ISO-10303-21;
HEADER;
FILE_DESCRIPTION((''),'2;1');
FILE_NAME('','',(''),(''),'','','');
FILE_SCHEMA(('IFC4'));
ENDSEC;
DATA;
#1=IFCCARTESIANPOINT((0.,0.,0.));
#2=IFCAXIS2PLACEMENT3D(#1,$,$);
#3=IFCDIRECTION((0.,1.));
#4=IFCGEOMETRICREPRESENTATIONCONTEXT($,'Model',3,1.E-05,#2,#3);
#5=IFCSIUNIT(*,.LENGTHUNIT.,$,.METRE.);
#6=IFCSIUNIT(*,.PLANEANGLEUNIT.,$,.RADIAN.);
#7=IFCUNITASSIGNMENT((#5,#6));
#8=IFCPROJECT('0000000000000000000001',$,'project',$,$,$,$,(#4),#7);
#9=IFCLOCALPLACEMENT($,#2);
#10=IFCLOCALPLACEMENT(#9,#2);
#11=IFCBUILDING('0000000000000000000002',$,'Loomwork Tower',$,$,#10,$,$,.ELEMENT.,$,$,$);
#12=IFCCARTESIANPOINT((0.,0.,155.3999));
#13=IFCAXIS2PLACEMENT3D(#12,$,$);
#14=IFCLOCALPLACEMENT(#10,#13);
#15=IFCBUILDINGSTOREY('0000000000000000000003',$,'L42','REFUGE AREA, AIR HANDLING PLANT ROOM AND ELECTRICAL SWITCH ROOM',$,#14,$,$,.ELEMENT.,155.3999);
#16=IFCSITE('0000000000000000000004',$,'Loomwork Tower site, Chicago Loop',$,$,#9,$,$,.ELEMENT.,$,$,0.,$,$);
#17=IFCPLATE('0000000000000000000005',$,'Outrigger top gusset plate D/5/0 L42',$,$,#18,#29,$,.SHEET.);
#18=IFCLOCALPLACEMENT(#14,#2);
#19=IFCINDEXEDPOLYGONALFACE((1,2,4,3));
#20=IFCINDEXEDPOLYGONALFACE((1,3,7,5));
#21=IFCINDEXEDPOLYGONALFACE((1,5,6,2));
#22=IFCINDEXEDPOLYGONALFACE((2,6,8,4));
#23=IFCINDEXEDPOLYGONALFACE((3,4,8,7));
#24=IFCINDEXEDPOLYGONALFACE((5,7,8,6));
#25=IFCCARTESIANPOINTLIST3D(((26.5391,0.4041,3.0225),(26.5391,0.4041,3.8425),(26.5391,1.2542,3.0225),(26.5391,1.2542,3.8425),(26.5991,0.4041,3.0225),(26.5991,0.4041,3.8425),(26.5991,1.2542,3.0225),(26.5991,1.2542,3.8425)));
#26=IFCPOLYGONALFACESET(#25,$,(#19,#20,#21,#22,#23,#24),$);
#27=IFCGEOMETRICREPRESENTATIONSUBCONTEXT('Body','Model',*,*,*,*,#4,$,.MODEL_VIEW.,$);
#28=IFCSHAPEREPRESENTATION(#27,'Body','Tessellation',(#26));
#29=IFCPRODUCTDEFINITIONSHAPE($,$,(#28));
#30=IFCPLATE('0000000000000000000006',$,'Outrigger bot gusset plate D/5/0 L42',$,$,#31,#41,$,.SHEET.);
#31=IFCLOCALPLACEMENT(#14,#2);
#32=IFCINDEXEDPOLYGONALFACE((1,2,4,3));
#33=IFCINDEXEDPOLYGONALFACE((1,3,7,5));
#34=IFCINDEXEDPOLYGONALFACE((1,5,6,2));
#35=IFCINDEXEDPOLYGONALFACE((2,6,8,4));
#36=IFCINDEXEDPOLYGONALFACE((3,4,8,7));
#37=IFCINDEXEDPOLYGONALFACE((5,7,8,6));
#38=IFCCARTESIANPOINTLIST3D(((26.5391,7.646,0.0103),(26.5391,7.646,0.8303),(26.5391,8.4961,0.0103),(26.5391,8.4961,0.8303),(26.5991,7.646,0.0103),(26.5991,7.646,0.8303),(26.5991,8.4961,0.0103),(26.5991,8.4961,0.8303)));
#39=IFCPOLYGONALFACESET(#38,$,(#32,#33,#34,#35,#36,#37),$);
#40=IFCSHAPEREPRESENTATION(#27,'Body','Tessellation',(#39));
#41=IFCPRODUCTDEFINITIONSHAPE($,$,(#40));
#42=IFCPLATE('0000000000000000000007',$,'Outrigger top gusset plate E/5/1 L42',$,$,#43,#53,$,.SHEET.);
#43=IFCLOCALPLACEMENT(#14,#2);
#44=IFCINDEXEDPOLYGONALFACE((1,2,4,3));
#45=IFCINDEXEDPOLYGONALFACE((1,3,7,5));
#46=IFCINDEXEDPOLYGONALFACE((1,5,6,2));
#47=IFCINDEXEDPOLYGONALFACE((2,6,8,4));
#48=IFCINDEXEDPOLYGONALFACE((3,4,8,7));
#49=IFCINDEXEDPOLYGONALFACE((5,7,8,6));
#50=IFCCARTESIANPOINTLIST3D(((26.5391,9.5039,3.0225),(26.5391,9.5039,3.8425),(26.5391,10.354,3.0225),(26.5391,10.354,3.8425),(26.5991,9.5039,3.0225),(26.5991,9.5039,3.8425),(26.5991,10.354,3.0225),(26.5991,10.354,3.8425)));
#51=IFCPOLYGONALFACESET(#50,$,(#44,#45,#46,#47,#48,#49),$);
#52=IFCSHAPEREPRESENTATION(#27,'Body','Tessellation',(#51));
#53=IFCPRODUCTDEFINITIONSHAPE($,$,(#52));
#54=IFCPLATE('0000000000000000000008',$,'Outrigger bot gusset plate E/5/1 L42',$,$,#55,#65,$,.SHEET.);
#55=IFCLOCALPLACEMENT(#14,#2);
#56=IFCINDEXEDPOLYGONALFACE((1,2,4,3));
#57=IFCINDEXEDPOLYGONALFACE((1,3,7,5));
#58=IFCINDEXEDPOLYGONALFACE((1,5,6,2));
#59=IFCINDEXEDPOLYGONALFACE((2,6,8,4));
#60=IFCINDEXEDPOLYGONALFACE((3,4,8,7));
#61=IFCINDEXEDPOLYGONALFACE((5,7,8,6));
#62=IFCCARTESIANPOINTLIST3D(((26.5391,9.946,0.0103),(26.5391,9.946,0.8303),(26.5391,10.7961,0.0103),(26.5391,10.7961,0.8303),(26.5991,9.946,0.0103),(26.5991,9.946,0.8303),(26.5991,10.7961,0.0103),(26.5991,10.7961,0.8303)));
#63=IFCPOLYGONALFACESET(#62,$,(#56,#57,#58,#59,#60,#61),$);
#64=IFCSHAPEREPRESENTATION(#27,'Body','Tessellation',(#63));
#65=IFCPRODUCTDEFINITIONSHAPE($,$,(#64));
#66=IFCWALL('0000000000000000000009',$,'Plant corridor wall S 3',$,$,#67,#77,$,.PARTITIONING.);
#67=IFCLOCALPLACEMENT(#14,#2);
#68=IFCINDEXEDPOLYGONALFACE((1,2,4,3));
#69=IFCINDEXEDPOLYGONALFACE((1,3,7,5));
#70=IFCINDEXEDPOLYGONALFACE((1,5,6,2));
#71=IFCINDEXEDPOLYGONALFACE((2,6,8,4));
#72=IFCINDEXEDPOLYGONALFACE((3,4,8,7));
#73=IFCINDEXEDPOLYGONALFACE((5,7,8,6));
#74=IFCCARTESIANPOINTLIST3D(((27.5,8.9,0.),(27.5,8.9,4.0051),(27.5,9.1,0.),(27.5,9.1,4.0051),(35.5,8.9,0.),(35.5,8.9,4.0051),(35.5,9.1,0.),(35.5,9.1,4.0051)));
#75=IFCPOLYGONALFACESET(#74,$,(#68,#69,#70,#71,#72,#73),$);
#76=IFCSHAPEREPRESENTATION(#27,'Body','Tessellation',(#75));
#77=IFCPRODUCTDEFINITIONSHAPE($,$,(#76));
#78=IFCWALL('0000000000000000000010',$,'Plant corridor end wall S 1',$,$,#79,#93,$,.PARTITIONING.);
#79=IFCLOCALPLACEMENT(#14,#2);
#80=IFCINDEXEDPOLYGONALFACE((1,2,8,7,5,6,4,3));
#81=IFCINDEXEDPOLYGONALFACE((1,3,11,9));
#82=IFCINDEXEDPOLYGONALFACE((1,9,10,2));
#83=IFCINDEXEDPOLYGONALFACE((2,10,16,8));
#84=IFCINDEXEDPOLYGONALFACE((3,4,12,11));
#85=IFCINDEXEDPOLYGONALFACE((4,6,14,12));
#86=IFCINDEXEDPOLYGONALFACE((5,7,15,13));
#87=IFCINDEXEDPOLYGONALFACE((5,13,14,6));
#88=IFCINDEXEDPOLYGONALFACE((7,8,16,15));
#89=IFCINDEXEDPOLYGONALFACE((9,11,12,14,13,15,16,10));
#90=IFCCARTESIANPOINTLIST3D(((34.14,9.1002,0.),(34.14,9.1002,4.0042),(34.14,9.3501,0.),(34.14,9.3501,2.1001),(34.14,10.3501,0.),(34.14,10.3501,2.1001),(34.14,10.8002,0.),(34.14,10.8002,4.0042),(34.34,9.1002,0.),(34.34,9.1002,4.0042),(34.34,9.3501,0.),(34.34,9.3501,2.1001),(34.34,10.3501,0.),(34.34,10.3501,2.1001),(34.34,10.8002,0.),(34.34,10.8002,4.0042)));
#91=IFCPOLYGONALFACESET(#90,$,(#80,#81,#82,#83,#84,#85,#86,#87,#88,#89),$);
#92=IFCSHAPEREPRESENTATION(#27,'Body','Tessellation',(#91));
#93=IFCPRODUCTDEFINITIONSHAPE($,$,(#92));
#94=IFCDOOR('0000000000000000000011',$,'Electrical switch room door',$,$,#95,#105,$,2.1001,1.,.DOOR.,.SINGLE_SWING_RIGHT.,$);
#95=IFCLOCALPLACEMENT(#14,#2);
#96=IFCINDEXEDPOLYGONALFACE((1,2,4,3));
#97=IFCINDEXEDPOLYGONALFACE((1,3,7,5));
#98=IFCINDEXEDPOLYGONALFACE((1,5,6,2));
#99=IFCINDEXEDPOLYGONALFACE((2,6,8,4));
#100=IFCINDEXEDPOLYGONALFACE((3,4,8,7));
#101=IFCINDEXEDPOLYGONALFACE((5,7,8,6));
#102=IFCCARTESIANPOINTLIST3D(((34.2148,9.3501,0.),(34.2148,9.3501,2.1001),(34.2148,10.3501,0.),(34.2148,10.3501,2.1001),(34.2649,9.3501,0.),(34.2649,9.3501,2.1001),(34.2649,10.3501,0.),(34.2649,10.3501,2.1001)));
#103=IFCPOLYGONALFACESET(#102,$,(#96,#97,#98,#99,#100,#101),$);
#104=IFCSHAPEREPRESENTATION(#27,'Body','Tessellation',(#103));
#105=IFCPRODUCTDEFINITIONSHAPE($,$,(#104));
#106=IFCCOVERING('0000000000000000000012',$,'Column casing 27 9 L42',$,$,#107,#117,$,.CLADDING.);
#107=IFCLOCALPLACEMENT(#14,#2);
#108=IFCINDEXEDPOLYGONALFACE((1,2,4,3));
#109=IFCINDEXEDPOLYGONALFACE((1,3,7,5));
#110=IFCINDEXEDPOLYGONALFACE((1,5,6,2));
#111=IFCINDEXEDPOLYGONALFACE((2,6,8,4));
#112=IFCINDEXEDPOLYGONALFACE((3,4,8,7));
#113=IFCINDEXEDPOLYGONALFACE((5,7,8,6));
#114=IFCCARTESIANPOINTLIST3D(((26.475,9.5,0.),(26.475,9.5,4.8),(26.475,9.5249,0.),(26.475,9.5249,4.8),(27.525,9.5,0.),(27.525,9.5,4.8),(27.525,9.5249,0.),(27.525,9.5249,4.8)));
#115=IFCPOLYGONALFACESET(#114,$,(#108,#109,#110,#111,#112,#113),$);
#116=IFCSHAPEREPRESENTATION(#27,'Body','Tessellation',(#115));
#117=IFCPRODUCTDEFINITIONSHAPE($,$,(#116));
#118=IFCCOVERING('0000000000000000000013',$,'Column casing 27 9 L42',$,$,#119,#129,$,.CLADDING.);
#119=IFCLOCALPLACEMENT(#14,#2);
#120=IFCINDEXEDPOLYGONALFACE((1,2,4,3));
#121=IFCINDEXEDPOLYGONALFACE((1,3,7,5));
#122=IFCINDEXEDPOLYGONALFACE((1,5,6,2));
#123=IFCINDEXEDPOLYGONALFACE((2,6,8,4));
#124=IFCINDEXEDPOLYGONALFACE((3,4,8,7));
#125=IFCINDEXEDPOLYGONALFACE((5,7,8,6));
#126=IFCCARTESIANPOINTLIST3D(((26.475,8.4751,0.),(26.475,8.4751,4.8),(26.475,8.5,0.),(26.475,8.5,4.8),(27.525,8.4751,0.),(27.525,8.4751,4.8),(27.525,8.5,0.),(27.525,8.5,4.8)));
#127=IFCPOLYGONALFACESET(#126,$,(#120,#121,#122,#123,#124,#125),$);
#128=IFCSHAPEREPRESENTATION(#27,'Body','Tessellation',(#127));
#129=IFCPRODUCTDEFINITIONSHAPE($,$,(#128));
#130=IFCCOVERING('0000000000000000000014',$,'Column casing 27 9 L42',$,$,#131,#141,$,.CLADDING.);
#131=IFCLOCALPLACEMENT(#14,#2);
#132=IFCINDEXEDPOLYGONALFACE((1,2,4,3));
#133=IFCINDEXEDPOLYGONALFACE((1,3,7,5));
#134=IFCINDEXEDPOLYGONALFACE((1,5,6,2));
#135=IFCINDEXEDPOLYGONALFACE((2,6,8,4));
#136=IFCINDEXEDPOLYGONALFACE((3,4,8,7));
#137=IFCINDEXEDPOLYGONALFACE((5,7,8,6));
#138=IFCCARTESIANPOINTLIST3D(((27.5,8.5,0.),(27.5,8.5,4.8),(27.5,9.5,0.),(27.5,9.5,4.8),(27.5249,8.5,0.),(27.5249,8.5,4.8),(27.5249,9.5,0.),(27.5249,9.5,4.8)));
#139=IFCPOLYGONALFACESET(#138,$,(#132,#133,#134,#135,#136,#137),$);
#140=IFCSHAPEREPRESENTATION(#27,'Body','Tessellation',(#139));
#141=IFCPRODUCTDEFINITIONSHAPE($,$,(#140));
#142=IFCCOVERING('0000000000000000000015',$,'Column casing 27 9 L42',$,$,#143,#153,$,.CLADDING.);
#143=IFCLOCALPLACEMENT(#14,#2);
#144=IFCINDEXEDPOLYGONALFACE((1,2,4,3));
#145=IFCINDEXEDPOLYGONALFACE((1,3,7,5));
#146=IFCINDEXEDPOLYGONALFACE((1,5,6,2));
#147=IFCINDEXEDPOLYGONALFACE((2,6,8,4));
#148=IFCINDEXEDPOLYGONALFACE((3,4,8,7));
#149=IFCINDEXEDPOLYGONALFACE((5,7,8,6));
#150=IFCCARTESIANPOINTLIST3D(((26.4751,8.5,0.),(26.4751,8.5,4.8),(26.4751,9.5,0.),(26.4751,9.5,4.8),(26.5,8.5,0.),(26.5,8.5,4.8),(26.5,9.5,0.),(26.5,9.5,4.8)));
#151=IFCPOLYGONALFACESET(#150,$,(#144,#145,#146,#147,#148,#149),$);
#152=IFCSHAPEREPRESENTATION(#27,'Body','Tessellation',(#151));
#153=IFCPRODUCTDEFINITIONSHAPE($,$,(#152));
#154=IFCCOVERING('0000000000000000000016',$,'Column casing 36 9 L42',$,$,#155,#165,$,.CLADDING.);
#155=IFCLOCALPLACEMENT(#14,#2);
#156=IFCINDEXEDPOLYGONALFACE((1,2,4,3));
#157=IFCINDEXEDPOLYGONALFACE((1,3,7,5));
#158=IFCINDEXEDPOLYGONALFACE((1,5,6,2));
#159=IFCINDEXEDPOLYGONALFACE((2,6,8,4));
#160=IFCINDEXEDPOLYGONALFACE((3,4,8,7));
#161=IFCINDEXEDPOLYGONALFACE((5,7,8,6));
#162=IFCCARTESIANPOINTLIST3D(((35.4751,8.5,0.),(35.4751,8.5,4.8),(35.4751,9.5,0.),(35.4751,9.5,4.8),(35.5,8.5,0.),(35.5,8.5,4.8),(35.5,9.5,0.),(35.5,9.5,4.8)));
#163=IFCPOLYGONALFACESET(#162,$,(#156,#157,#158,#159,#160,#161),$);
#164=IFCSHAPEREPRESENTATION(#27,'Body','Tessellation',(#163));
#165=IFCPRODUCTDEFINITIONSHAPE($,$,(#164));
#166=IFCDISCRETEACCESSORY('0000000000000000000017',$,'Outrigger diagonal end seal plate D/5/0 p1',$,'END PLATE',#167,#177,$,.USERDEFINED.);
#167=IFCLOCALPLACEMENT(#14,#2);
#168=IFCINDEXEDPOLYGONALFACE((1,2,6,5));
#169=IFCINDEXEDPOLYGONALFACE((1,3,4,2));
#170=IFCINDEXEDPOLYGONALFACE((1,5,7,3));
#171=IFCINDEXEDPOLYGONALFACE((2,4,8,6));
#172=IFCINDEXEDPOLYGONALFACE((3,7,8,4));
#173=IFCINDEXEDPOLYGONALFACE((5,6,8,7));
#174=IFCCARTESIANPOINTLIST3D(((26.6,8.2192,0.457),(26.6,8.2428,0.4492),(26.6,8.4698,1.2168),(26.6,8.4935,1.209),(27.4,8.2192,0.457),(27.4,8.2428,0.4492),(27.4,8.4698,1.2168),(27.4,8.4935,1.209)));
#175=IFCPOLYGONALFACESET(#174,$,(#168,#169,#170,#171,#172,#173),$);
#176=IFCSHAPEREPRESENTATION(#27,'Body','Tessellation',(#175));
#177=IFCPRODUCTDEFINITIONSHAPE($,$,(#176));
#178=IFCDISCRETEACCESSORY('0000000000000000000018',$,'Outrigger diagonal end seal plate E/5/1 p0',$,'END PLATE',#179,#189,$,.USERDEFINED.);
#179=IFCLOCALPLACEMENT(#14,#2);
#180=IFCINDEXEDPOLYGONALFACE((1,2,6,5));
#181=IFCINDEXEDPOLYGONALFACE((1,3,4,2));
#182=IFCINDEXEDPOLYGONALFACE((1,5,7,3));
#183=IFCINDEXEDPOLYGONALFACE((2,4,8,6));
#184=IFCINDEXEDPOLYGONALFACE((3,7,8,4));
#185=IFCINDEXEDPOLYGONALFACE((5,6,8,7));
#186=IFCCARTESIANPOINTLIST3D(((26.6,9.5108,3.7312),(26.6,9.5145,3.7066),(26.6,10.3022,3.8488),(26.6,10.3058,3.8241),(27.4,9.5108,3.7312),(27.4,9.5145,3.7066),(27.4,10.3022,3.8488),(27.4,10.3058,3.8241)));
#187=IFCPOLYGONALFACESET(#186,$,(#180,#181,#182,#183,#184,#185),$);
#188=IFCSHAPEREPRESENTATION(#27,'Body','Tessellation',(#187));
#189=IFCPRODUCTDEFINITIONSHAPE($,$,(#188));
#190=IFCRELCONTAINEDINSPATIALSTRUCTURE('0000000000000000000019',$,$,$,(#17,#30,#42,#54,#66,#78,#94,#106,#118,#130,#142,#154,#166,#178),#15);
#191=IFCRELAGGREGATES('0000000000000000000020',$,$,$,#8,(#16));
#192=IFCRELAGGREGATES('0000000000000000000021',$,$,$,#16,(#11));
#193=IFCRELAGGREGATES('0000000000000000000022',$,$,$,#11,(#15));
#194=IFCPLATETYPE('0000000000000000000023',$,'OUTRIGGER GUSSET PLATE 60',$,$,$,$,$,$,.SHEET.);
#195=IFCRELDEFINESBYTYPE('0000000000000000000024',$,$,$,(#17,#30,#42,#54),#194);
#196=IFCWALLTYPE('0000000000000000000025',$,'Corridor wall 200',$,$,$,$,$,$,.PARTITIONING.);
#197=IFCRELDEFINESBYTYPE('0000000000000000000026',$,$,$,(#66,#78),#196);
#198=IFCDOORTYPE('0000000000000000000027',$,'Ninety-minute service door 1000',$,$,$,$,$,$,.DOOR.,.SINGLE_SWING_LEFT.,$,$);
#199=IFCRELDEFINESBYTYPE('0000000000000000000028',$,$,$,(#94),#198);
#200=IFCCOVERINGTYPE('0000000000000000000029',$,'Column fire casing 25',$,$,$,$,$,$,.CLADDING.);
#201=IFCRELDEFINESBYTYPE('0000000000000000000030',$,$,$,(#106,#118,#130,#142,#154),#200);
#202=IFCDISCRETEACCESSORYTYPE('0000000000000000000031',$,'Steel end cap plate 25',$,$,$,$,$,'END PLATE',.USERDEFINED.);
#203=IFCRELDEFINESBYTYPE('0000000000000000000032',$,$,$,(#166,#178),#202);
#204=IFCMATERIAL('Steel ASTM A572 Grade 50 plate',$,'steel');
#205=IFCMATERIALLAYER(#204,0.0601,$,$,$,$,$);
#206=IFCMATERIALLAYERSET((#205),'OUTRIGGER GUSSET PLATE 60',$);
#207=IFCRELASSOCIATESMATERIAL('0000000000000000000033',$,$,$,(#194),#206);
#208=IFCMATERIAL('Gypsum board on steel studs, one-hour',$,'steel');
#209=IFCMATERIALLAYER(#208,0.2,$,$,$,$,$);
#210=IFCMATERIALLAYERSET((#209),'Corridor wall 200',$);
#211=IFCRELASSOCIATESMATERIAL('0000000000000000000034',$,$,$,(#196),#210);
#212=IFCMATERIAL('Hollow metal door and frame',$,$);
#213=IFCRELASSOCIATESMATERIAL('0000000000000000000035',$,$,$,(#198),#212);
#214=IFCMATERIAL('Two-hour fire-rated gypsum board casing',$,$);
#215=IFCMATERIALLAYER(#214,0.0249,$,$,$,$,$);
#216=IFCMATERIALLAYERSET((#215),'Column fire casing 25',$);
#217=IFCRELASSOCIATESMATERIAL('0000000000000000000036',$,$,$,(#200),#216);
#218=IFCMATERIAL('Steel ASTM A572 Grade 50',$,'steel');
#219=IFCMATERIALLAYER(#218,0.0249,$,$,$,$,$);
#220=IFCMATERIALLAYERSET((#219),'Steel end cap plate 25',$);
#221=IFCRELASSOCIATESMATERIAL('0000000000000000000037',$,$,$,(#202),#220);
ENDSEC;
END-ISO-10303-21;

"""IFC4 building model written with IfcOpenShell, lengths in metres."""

from ifc_helpers import new_model, si_unit, direction, frame, frame_2d, origin, origin_2d, place, context, subcontext, project, spatial, rectangle, extrude, material, layer, layer_set, type_object, element, fill, save


model = new_model("IFC4")

# Units and contexts
model_context = context("Model", 3, precision=1e-05, world=origin(), true_north=direction((0.0, 1.0)))
body_context = subcontext(model_context, "Body", "Model", "MODEL_VIEW")
ifc_project = project(units=[si_unit("LENGTHUNIT", "METRE"), si_unit("PLANEANGLEUNIT", "RADIAN")], contexts=[model_context])

# Site, building, storey
site_placement = place(None, origin())
site = spatial("IfcSite", under=ifc_project, at=site_placement, Name="Loomwork Tower site, Chicago Loop", CompositionType="ELEMENT", RefElevation=0.0)
building_placement = place(site_placement, origin())
building = spatial("IfcBuilding", under=site, at=building_placement, Name="Loomwork Tower", CompositionType="ELEMENT")
storey_placement = place(building_placement, frame((0.0, 0.0, 155.3999)))
storey = spatial("IfcBuildingStorey", under=building, at=storey_placement, Name="L42", Description="REFUGE AREA, AIR HANDLING PLANT ROOM AND ELECTRICAL SWITCH ROOM", CompositionType="ELEMENT", Elevation=155.3999)

# Plates
ifc_material_1 = material(Name="Steel ASTM A572 Grade 50 plate", Category="steel")
ifc_layer_1 = layer(ifc_material_1, 0.0601)
ifc_layer_set_1 = layer_set([ifc_layer_1], Name="OUTRIGGER GUSSET PLATE 60")
plate_type_1 = type_object("IfcPlateType", Name="OUTRIGGER GUSSET PLATE 60", PredefinedType="SHEET", material=ifc_layer_set_1)
for number, where, z_axis, x_axis, name in (
    (1, (26.5691, 0.8291, 3.0225), (0.0, 0.0, 1.0), (0.0, 1.0, 0.0), "Outrigger top gusset plate D/5/0 L42"),
    (2, (26.5691, 8.071, 0.0103), (0.0, 0.0, 1.0), (0.0, 1.0, 0.0), "Outrigger bot gusset plate D/5/0 L42"),
    (3, (26.5691, 9.929, 3.0225), (0.0, 0.0, 1.0), (0.0, 1.0, 0.0), "Outrigger top gusset plate E/5/1 L42"),
    (4, (26.5691, 10.3711, 0.0103), (0.0, 0.0, 1.0), (0.0, 1.0, 0.0), "Outrigger bot gusset plate E/5/1 L42"),
):
    element("IfcPlate", number, at=place(storey_placement, frame(where, z_axis=z_axis, x_axis=x_axis)), inside=storey, type_object=plate_type_1, Name=name, PredefinedType="SHEET", context=body_context, shape_type="SweptSolid", body=[
        extrude(rectangle(XDim=0.8501, YDim=0.0601, at=origin_2d()), origin(), (0.0, 0.0, 1.0), 0.8201),
    ])

# Wall
ifc_material_2 = material(Name="Gypsum board on steel studs, one-hour", Category="steel")
ifc_layer_2 = layer(ifc_material_2, 0.2)
ifc_layer_set_2 = layer_set([ifc_layer_2], Name="Corridor wall 200")
wall_type = type_object("IfcWallType", Name="Corridor wall 200", PredefinedType="PARTITIONING", material=ifc_layer_set_2)
wall_1_placement = place(storey_placement, frame((27.5, 9.0, 0.0), z_axis=(0.0, 0.0, 1.0), x_axis=(1.0, 0.0, 0.0)))
element("IfcWall", 5, at=wall_1_placement, inside=storey, type_object=wall_type, Name="Plant corridor wall S 3", PredefinedType="PARTITIONING", context=body_context, shape_type="SweptSolid", body=[
    extrude(rectangle(XDim=8.0, YDim=0.2, at=frame_2d((4.0, 0.0))), origin(), (0.0, 0.0, 1.0), 4.0051),
])

# Wall, opening, door
wall_2_placement = place(storey_placement, frame((34.24, 9.1001, 0.0), z_axis=(0.0, 0.0, 1.0), x_axis=(0.0, 1.0, 0.0)))
wall_2 = element("IfcWall", 6, at=wall_2_placement, inside=storey, type_object=wall_type, Name="Plant corridor end wall S 1", PredefinedType="PARTITIONING", context=body_context, shape_type="SweptSolid", body=[
    extrude(rectangle(XDim=1.7, YDim=0.2, at=frame_2d((0.8501, 0.0))), origin(), (0.0, 0.0, 1.0), 4.0042),
])
opening_placement = place(wall_2_placement, frame((0.25, 0.0, 0.0)))
opening = element("IfcOpeningElement", 7, at=opening_placement, cuts=wall_2, PredefinedType="OPENING", context=body_context, shape_type="SweptSolid", body=[
    extrude(rectangle(XDim=1.0, YDim=2.1001, at=frame_2d((0.5, 1.05))), frame((0.0, 0.1099, 0.0), z_axis=(0.0, -1.0, 0.0), x_axis=(1.0, 0.0, 0.0)), (0.0, 0.0, 1.0), 0.22),
])
ifc_material_3 = material(Name="Hollow metal door and frame")
door_type = type_object("IfcDoorType", Name="Ninety-minute service door 1000", OperationType="SINGLE_SWING_LEFT", PredefinedType="DOOR", material=ifc_material_3)
door_placement = place(opening_placement, frame((1.0, 0.0, 0.0), z_axis=(0.0, 0.0, 1.0), x_axis=(-1.0, 0.0, 0.0)))
door = element("IfcDoor", 8, at=door_placement, inside=storey, type_object=door_type, Name="Electrical switch room door", OperationType="SINGLE_SWING_RIGHT", OverallHeight=2.1001, OverallWidth=1.0, PredefinedType="DOOR", context=body_context, shape_type="SweptSolid", body=[
    extrude(rectangle(XDim=1.0, YDim=2.1001, at=frame_2d((0.5, 1.05))), frame((0.0, 0.0249, 0.0), z_axis=(0.0, -1.0, 0.0), x_axis=(1.0, 0.0, 0.0)), (0.0, 0.0, 1.0), 0.05),
])
fill(opening, door)

# Coverings
ifc_material_4 = material(Name="Two-hour fire-rated gypsum board casing")
ifc_layer_3 = layer(ifc_material_4, 0.0249)
ifc_layer_set_3 = layer_set([ifc_layer_3], Name="Column fire casing 25")
covering_type = type_object("IfcCoveringType", Name="Column fire casing 25", PredefinedType="CLADDING", material=ifc_layer_set_3)
for number, where, z_axis, x_axis, name in (
    (9, (27.0, 9.5125, 0.0), (0.0, 0.0, 1.0), (1.0, 0.0, 0.0), "Column casing 27 9 L42"),
    (10, (27.0, 8.4875, 0.0), (0.0, 0.0, 1.0), (1.0, 0.0, 0.0), "Column casing 27 9 L42"),
):
    element("IfcCovering", number, at=place(storey_placement, frame(where, z_axis=z_axis, x_axis=x_axis)), inside=storey, type_object=covering_type, Name=name, PredefinedType="CLADDING", context=body_context, shape_type="SweptSolid", body=[
        extrude(rectangle(XDim=1.05, YDim=0.0249, at=origin_2d()), origin(), (0.0, 0.0, 1.0), 4.8),
    ])
for number, where, z_axis, x_axis, name in (
    (11, (27.5125, 9.0, 0.0), (0.0, 0.0, 1.0), (1.0, 0.0, 0.0), "Column casing 27 9 L42"),
    (12, (26.4875, 9.0, 0.0), (0.0, 0.0, 1.0), (1.0, 0.0, 0.0), "Column casing 27 9 L42"),
    (13, (35.4875, 9.0, 0.0), (0.0, 0.0, 1.0), (1.0, 0.0, 0.0), "Column casing 36 9 L42"),
):
    element("IfcCovering", number, at=place(storey_placement, frame(where, z_axis=z_axis, x_axis=x_axis)), inside=storey, type_object=covering_type, Name=name, PredefinedType="CLADDING", context=body_context, shape_type="SweptSolid", body=[
        extrude(rectangle(XDim=0.0249, YDim=1.0, at=origin_2d()), origin(), (0.0, 0.0, 1.0), 4.8),
    ])

# Discrete accessories
ifc_material_5 = material(Name="Steel ASTM A572 Grade 50", Category="steel")
ifc_layer_4 = layer(ifc_material_5, 0.0249)
ifc_layer_set_4 = layer_set([ifc_layer_4], Name="Steel end cap plate 25")
discrete_accessory_type = type_object("IfcDiscreteAccessoryType", Name="Steel end cap plate 25", ElementType="END PLATE", PredefinedType="USERDEFINED", material=ifc_layer_set_4)
for number, where, z_axis, x_axis, name in (
    (14, (27.0, 8.3445, 0.8369), (0.0, 0.949658, -0.313289), (-1.0, 0.0, 0.0), "Outrigger diagonal end seal plate D/5/0 p1"),
    (15, (27.0, 9.9102, 3.7654), (0.0, -0.146904, 0.989151), (1.0, 0.0, 0.0), "Outrigger diagonal end seal plate E/5/1 p0"),
):
    element("IfcDiscreteAccessory", number, at=place(storey_placement, frame(where, z_axis=z_axis, x_axis=x_axis)), inside=storey, type_object=discrete_accessory_type, Name=name, ObjectType="END PLATE", PredefinedType="USERDEFINED", context=body_context, shape_type="SweptSolid", body=[
        extrude(rectangle(XDim=0.8, YDim=0.8, at=origin_2d()), origin(), (0.0, 0.0, 1.0), 0.0249),
    ])

save(model, "model.ifc")
